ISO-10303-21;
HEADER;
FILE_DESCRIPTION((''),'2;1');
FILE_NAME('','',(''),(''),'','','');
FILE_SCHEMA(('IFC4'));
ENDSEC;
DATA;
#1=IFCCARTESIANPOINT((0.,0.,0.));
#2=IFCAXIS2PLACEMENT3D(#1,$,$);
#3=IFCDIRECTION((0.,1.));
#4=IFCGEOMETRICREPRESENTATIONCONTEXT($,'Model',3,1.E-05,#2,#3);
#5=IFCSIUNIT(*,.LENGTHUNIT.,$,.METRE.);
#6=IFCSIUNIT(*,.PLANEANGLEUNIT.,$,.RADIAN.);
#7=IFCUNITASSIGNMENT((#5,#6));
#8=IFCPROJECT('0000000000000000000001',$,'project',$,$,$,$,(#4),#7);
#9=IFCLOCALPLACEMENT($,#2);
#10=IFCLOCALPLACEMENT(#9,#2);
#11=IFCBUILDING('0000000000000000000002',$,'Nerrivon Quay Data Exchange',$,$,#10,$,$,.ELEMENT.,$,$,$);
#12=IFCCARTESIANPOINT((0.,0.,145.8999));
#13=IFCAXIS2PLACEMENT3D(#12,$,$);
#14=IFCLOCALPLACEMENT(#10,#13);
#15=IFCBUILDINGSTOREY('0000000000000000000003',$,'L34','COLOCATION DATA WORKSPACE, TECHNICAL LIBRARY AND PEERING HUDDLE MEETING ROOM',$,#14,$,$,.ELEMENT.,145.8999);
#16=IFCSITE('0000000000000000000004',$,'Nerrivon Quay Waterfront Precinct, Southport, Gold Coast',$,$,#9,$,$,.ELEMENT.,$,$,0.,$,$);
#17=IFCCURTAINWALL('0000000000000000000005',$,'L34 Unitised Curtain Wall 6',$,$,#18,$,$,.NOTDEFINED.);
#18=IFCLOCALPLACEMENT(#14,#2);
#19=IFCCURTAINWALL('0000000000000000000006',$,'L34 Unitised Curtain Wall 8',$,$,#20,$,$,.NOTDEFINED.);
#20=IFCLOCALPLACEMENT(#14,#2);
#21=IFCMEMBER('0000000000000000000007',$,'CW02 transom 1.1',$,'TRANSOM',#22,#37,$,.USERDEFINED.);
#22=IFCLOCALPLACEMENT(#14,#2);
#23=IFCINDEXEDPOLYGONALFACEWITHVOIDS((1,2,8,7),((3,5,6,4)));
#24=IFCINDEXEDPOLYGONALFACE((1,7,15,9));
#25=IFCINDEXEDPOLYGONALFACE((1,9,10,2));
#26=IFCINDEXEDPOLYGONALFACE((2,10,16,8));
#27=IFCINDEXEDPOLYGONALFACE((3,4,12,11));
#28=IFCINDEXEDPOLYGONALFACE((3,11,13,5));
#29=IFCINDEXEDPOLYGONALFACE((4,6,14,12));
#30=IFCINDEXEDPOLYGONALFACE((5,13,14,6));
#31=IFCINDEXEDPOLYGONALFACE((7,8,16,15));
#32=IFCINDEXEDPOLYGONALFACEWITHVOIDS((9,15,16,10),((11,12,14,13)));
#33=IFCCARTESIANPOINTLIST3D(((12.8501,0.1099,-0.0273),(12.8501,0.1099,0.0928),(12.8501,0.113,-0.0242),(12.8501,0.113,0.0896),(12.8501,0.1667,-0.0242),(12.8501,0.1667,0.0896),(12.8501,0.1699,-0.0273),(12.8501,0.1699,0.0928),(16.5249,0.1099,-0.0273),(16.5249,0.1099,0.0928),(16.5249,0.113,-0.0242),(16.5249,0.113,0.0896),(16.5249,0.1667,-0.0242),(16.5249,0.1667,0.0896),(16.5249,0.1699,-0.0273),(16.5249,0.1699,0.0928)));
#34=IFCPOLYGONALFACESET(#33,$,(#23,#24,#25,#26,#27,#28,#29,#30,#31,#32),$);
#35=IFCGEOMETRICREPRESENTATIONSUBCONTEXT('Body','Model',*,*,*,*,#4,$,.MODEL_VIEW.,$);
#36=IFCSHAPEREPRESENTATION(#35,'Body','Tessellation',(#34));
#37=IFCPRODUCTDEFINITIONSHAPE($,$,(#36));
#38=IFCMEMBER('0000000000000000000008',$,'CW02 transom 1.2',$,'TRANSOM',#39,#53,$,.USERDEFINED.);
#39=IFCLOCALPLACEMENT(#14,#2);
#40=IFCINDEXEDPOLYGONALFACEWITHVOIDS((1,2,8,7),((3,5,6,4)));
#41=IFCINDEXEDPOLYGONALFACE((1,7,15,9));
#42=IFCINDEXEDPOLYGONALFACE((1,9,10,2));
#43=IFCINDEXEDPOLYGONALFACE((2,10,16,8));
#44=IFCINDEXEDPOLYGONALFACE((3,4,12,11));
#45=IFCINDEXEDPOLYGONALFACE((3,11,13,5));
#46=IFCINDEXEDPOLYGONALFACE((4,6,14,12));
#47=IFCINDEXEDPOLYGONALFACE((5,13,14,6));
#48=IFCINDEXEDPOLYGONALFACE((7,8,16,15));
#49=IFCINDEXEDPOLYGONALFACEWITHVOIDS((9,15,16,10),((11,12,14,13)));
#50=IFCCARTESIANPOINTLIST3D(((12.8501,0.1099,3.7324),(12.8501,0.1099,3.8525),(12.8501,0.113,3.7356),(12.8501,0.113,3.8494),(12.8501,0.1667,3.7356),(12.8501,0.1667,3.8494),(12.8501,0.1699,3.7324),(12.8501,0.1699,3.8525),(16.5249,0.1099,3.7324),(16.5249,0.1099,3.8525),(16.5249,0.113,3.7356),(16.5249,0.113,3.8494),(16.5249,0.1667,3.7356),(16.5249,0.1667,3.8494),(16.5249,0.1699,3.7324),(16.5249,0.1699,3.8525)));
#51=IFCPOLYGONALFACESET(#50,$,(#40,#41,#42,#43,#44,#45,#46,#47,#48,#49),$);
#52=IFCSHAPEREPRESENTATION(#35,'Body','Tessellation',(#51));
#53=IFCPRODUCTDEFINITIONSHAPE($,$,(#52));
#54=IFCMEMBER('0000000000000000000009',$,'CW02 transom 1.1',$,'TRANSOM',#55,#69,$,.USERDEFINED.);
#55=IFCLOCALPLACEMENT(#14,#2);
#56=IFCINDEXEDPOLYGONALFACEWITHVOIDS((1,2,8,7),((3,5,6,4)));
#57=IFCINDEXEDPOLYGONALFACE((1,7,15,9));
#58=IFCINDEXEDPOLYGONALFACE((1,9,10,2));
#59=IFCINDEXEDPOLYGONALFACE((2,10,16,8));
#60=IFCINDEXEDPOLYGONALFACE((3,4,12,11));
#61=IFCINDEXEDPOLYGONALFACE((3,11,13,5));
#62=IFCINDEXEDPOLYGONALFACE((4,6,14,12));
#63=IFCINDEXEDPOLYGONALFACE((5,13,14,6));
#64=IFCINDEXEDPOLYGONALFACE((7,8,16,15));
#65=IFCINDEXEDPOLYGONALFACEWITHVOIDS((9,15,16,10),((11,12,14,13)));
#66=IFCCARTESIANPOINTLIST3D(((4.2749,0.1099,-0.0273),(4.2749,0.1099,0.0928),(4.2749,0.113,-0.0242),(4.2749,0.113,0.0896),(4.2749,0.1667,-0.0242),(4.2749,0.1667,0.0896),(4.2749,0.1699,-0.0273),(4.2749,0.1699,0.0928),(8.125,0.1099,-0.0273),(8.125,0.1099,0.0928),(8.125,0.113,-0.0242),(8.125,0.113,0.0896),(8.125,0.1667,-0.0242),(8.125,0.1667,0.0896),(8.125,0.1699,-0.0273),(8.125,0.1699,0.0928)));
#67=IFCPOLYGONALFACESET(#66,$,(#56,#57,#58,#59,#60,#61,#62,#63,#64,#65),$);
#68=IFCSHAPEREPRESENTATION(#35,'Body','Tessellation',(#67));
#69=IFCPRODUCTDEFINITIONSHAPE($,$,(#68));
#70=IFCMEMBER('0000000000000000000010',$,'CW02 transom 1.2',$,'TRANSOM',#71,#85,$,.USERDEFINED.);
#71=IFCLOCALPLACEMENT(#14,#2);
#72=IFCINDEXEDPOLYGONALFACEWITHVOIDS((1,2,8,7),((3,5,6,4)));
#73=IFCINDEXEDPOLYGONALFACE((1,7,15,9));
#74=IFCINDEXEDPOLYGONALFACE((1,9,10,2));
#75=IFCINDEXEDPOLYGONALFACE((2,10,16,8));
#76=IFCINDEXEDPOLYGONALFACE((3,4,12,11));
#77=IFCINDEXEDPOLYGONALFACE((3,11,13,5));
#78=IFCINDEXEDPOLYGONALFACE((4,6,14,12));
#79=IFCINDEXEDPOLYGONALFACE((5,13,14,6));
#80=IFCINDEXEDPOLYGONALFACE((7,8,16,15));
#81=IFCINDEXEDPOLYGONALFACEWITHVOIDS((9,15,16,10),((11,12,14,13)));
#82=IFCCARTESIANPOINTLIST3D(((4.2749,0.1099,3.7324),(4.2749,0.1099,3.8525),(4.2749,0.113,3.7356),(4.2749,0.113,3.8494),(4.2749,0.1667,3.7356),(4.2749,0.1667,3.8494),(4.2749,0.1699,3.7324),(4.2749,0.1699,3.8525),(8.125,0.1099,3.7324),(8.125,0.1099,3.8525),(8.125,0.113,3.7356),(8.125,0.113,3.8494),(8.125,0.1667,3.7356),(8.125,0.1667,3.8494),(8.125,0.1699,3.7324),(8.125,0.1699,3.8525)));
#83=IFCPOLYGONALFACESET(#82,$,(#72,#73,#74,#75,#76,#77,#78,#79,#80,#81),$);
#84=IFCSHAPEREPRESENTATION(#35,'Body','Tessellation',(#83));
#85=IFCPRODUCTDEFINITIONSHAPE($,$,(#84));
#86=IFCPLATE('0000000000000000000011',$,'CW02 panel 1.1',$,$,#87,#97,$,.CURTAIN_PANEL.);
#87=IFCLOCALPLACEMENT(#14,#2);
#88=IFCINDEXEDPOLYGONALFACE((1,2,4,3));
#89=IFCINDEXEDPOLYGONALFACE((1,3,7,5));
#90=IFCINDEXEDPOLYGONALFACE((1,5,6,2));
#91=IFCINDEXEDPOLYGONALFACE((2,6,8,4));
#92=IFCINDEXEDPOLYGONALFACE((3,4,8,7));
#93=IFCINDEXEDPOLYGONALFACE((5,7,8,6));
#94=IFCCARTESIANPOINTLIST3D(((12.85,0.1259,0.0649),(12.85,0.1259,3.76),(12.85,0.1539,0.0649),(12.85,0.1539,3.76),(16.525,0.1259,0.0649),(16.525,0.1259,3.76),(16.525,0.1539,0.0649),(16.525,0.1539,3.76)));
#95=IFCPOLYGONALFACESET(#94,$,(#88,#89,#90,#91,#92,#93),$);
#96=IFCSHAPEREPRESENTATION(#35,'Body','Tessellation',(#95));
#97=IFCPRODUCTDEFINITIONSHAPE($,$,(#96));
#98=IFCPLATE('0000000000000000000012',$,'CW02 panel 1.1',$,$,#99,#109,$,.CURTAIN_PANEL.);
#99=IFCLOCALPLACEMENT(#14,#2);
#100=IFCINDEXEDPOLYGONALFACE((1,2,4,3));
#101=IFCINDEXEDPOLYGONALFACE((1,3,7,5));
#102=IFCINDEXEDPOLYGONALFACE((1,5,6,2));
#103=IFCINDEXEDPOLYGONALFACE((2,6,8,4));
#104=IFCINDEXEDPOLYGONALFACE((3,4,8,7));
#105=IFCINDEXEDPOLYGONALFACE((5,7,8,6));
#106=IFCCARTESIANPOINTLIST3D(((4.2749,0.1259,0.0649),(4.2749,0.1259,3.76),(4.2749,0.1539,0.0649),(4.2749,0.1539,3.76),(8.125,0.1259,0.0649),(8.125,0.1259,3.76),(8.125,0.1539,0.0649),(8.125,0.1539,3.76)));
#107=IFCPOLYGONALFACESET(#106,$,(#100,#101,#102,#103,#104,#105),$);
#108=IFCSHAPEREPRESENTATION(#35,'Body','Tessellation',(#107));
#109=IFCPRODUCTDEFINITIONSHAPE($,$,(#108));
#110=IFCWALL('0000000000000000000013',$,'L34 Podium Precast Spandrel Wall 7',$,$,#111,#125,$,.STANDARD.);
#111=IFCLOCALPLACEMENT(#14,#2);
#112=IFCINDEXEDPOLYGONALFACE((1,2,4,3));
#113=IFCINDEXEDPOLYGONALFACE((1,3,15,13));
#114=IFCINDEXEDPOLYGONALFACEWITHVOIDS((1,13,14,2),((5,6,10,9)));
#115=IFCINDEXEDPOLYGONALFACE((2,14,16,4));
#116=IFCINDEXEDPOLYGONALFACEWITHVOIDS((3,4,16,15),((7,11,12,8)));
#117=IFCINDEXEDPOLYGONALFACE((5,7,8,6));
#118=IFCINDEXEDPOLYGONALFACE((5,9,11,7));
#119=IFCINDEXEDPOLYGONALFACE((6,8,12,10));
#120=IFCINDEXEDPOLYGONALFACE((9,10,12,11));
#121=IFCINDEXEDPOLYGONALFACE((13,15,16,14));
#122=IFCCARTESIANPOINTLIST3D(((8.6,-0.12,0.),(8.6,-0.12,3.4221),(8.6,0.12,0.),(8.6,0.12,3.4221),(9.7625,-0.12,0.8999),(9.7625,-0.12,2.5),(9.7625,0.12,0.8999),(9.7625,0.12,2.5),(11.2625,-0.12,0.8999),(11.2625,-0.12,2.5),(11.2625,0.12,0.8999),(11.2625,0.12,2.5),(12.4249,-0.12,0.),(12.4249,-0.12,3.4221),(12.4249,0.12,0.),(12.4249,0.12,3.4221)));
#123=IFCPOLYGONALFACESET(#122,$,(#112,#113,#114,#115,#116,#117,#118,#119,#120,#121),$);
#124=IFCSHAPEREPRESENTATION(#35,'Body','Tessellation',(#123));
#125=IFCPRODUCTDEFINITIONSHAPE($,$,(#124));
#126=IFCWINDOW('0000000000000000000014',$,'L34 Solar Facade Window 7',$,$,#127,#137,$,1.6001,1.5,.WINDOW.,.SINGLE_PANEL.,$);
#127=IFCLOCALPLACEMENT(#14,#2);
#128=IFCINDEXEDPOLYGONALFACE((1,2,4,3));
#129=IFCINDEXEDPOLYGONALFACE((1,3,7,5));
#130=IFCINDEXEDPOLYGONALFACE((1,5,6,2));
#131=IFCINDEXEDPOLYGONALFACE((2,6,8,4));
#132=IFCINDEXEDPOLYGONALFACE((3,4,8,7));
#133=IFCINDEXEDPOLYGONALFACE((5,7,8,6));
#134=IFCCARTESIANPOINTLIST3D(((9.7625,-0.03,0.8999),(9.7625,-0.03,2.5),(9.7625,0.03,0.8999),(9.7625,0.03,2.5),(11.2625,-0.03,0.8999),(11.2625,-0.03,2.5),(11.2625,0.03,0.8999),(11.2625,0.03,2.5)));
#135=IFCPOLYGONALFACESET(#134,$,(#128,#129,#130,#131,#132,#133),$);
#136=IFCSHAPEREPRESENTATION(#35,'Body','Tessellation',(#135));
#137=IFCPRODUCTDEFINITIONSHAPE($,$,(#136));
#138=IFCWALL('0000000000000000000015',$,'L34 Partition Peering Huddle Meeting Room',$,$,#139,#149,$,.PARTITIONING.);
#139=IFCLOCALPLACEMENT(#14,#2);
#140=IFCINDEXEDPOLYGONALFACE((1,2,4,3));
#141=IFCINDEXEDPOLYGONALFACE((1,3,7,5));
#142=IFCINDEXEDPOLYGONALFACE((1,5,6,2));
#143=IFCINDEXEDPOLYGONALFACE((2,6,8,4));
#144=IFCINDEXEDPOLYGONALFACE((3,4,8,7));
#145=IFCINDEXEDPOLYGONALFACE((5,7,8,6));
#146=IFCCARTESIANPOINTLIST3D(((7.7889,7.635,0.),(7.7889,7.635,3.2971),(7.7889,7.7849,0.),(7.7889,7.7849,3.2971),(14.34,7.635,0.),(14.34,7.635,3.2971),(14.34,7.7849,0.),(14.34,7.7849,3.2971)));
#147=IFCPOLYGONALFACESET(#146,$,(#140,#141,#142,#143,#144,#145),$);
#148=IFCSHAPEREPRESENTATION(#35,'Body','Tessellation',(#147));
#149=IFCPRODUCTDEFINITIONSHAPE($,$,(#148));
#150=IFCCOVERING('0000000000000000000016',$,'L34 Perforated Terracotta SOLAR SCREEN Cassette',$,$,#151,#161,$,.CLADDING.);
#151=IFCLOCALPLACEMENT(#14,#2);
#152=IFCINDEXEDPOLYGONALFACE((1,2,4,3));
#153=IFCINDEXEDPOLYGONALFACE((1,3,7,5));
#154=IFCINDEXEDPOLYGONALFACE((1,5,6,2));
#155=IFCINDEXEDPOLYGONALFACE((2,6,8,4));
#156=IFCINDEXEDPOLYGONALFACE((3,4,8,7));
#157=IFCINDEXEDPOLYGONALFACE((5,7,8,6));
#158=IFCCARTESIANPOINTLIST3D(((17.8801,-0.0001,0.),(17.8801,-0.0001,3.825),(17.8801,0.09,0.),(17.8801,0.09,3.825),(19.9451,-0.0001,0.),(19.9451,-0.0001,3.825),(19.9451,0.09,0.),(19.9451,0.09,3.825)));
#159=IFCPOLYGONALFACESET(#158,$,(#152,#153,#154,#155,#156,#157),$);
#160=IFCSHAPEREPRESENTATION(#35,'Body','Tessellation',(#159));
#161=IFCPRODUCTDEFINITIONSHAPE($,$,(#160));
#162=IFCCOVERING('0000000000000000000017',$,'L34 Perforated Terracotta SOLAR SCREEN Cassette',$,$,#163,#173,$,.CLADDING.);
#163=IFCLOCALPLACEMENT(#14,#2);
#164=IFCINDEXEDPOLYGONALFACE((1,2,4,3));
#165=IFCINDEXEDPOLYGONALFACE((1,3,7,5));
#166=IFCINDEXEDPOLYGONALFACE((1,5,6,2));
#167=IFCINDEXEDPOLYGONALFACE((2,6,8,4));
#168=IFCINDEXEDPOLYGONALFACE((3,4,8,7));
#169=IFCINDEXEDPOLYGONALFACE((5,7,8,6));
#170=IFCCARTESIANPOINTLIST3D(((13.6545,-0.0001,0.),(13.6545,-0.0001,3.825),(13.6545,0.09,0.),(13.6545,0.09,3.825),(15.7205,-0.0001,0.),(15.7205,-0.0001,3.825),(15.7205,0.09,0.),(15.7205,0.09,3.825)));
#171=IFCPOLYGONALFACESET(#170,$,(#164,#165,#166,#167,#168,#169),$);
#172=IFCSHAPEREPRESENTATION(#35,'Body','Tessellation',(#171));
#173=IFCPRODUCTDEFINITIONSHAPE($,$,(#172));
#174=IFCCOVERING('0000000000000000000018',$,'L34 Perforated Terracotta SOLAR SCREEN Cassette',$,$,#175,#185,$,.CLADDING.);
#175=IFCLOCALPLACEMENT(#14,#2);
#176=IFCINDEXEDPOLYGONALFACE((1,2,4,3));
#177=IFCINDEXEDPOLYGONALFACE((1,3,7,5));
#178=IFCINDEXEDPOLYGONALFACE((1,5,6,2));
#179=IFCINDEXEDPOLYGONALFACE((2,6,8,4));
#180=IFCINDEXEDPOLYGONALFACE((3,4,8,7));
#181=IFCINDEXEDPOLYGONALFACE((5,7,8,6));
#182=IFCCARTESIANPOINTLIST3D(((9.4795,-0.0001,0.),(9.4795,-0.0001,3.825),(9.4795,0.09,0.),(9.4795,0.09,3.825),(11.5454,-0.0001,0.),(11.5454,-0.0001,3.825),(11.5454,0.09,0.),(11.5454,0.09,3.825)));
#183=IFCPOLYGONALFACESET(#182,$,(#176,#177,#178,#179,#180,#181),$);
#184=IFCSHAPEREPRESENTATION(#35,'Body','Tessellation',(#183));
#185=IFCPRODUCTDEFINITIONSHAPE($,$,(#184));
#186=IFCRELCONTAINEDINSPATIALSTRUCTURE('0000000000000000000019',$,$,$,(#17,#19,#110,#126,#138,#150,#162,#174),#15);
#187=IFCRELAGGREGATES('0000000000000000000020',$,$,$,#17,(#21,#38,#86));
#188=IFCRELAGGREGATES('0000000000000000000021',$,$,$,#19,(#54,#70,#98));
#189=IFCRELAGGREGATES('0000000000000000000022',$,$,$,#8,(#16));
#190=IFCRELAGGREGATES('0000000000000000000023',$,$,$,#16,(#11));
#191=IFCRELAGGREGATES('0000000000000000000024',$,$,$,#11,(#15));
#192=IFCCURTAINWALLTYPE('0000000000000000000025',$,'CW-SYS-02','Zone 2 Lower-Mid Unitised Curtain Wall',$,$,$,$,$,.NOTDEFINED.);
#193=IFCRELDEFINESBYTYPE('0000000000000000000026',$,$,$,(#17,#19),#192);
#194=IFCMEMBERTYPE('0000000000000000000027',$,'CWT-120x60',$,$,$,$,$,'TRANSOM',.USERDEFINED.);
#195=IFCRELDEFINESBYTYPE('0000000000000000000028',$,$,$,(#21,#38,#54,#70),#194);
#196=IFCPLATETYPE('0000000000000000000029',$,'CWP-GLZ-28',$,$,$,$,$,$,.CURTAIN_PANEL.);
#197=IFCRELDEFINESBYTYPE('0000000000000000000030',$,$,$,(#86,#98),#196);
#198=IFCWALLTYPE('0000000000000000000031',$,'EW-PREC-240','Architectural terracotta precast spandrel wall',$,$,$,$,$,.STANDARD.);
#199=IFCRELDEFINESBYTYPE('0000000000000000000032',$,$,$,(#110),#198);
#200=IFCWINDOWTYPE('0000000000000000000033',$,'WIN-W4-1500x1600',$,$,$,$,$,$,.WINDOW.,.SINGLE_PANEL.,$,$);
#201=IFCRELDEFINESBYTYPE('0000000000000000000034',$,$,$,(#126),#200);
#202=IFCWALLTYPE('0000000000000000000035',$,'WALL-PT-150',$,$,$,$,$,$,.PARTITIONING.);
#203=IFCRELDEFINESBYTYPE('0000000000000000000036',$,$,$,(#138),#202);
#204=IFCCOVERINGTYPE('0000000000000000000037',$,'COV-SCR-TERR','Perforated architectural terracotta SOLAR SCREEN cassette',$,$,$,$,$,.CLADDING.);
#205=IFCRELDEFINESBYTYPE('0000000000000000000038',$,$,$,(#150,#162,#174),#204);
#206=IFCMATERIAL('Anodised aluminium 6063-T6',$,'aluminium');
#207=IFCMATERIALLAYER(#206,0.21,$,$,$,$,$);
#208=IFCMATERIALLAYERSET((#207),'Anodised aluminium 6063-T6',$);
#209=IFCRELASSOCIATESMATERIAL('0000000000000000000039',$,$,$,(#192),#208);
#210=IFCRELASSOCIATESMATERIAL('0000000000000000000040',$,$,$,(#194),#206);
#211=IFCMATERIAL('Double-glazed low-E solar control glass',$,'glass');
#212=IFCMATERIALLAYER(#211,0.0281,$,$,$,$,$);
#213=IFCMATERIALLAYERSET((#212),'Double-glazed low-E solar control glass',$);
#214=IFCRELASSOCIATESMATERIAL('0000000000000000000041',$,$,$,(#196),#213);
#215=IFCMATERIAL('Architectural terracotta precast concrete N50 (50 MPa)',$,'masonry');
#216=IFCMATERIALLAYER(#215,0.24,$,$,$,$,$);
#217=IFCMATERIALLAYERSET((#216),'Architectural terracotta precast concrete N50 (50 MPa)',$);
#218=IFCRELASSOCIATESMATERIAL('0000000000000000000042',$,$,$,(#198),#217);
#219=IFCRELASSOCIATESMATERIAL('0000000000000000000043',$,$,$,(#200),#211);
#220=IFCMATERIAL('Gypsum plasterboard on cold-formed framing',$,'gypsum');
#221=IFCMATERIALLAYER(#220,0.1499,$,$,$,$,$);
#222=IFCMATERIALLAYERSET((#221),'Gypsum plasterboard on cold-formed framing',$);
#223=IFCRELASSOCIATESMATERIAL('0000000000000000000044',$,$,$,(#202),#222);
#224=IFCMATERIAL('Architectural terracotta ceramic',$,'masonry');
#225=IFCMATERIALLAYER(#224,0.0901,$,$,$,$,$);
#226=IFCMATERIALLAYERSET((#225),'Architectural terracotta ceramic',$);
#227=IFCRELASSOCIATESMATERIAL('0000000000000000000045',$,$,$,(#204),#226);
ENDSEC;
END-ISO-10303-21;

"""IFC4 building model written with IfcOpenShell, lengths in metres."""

from ifc_helpers import new_model, si_unit, direction, frame, frame_2d, origin, origin_2d, place, context, subcontext, project, spatial, rectangle, hollow_rectangle, extrude, material, layer, layer_set, material_profile, profile_set, type_object, element, fill, aggregate, save


model = new_model("IFC4")

# Units and contexts
model_context = context("Model", 3, precision=1e-05, world=origin(), true_north=direction((0.0, 1.0)))
body_context = subcontext(model_context, "Body", "Model", "MODEL_VIEW")
ifc_project = project(units=[si_unit("LENGTHUNIT", "METRE"), si_unit("PLANEANGLEUNIT", "RADIAN")], contexts=[model_context])

# Site, building, storey
site_placement = place(None, origin())
site = spatial("IfcSite", under=ifc_project, at=site_placement, Name="Nerrivon Quay Waterfront Precinct, Southport, Gold Coast", CompositionType="ELEMENT", RefElevation=0.0)
building_placement = place(site_placement, origin())
building = spatial("IfcBuilding", under=site, at=building_placement, Name="Nerrivon Quay Data Exchange", CompositionType="ELEMENT")
storey_placement = place(building_placement, frame((0.0, 0.0, 145.8999)))
storey = spatial("IfcBuildingStorey", under=building, at=storey_placement, Name="L34", Description="COLOCATION DATA WORKSPACE, TECHNICAL LIBRARY AND PEERING HUDDLE MEETING ROOM", CompositionType="ELEMENT", Elevation=145.8999)

# Curtain wall
ifc_material_1 = material(Name="Anodised aluminium 6063-T6", Category="aluminium")
ifc_layer_1 = layer(ifc_material_1, 0.21)
ifc_layer_set_1 = layer_set([ifc_layer_1], Name="Anodised aluminium 6063-T6")
curtain_wall_type = type_object("IfcCurtainWallType", Name="CW-SYS-02", Description="Zone 2 Lower-Mid Unitised Curtain Wall", PredefinedType="NOTDEFINED", material=ifc_layer_set_1)
curtain_wall_1_placement = place(storey_placement, origin())
curtain_wall_1 = element("IfcCurtainWall", 1, at=curtain_wall_1_placement, inside=storey, type_object=curtain_wall_type, Name="L34 Unitised Curtain Wall 6", PredefinedType="NOTDEFINED")

# Curtain wall
curtain_wall_2_placement = place(storey_placement, origin())
curtain_wall_2 = element("IfcCurtainWall", 2, at=curtain_wall_2_placement, inside=storey, type_object=curtain_wall_type, Name="L34 Unitised Curtain Wall 8", PredefinedType="NOTDEFINED")

# Members
ifc_material_profile_1 = material_profile(ifc_material_1, hollow_rectangle(XDim=0.0601, YDim=0.1201, WallThickness=0.0032, at=origin_2d()), Name="ALU-TRAN-120x60")
ifc_profile_set_1 = profile_set([ifc_material_profile_1], Name="Anodised aluminium 6063-T6")
member_type_1 = type_object("IfcMemberType", Name="CWT-120x60", ElementType="TRANSOM", PredefinedType="USERDEFINED", material=ifc_profile_set_1)
member_1_placement = place(storey_placement, frame((16.5249, 0.1399, 0.0327), z_axis=(-1.0, 0.0, 0.0), x_axis=(0.0, -1.0, 0.0)))
member_1 = element("IfcMember", 3, at=member_1_placement, type_object=member_type_1, Name="CW02 transom 1.1", ObjectType="TRANSOM", PredefinedType="USERDEFINED", context=body_context, shape_type="SweptSolid", body=[
    extrude(hollow_rectangle(XDim=0.0601, YDim=0.1201, WallThickness=0.0032, at=origin_2d()), origin(), (0.0, 0.0, 1.0), 3.6748),
])
member_2_placement = place(storey_placement, frame((16.5249, 0.1399, 3.7925), z_axis=(-1.0, 0.0, 0.0), x_axis=(0.0, -1.0, 0.0)))
member_2 = element("IfcMember", 4, at=member_2_placement, type_object=member_type_1, Name="CW02 transom 1.2", ObjectType="TRANSOM", PredefinedType="USERDEFINED", context=body_context, shape_type="SweptSolid", body=[
    extrude(hollow_rectangle(XDim=0.0601, YDim=0.1201, WallThickness=0.0032, at=origin_2d()), origin(), (0.0, 0.0, 1.0), 3.6748),
])
member_3_placement = place(storey_placement, frame((8.125, 0.1399, 0.0327), z_axis=(-1.0, 0.0, 0.0), x_axis=(0.0, -1.0, 0.0)))
member_3 = element("IfcMember", 5, at=member_3_placement, type_object=member_type_1, Name="CW02 transom 1.1", ObjectType="TRANSOM", PredefinedType="USERDEFINED", context=body_context, shape_type="SweptSolid", body=[
    extrude(hollow_rectangle(XDim=0.0601, YDim=0.1201, WallThickness=0.0032, at=origin_2d()), origin(), (0.0, 0.0, 1.0), 3.8501),
])
member_4_placement = place(storey_placement, frame((8.125, 0.1399, 3.7925), z_axis=(-1.0, 0.0, 0.0), x_axis=(0.0, -1.0, 0.0)))
member_4 = element("IfcMember", 6, at=member_4_placement, type_object=member_type_1, Name="CW02 transom 1.2", ObjectType="TRANSOM", PredefinedType="USERDEFINED", context=body_context, shape_type="SweptSolid", body=[
    extrude(hollow_rectangle(XDim=0.0601, YDim=0.1201, WallThickness=0.0032, at=origin_2d()), origin(), (0.0, 0.0, 1.0), 3.8501),
])

# Plates
ifc_material_2 = material(Name="Double-glazed low-E solar control glass", Category="glass")
ifc_layer_2 = layer(ifc_material_2, 0.0281)
ifc_layer_set_2 = layer_set([ifc_layer_2], Name="Double-glazed low-E solar control glass")
plate_type = type_object("IfcPlateType", Name="CWP-GLZ-28", PredefinedType="CURTAIN_PANEL", material=ifc_layer_set_2)
plate_1_placement = place(storey_placement, frame((14.6875, 0.1399, 0.0649), z_axis=(0.0, 0.0, 1.0), x_axis=(-1.0, 0.0, 0.0)))
plate_1 = element("IfcPlate", 7, at=plate_1_placement, type_object=plate_type, Name="CW02 panel 1.1", PredefinedType="CURTAIN_PANEL", context=body_context, shape_type="SweptSolid", body=[
    extrude(rectangle(XDim=3.675, YDim=0.0281, at=origin_2d()), origin(), (0.0, 0.0, 1.0), 3.6951),
])
aggregate(curtain_wall_1, [member_1, member_2, plate_1])
plate_2_placement = place(storey_placement, frame((6.2, 0.1399, 0.0649), z_axis=(0.0, 0.0, 1.0), x_axis=(-1.0, 0.0, 0.0)))
plate_2 = element("IfcPlate", 8, at=plate_2_placement, type_object=plate_type, Name="CW02 panel 1.1", PredefinedType="CURTAIN_PANEL", context=body_context, shape_type="SweptSolid", body=[
    extrude(rectangle(XDim=3.8501, YDim=0.0281, at=origin_2d()), origin(), (0.0, 0.0, 1.0), 3.6951),
])
aggregate(curtain_wall_2, [member_3, member_4, plate_2])

# Wall, opening, window
ifc_material_3 = material(Name="Architectural terracotta precast concrete N50 (50 MPa)", Category="masonry")
ifc_layer_3 = layer(ifc_material_3, 0.24)
ifc_layer_set_3 = layer_set([ifc_layer_3], Name="Architectural terracotta precast concrete N50 (50 MPa)")
wall_type_1 = type_object("IfcWallType", Name="EW-PREC-240", Description="Architectural terracotta precast spandrel wall", PredefinedType="STANDARD", material=ifc_layer_set_3)
wall_1_placement = place(storey_placement, frame((12.425, 0.0, 0.0), z_axis=(0.0, 0.0, 1.0), x_axis=(-1.0, 0.0, 0.0)))
wall_1 = element("IfcWall", 9, at=wall_1_placement, inside=storey, type_object=wall_type_1, Name="L34 Podium Precast Spandrel Wall 7", PredefinedType="STANDARD", context=body_context, shape_type="SweptSolid", body=[
    extrude(rectangle(XDim=3.825, YDim=0.24, at=frame_2d((1.9126, 0.0))), origin(), (0.0, 0.0, 1.0), 3.4221),
])
opening_placement = place(wall_1_placement, frame((1.1626, 0.0, 0.8999)))
opening = element("IfcOpeningElement", 10, at=opening_placement, cuts=wall_1, PredefinedType="OPENING", context=body_context, shape_type="SweptSolid", body=[
    extrude(rectangle(XDim=1.5, YDim=1.6001, at=frame_2d((0.75, 0.8))), frame((0.0, 0.1299, 0.0), z_axis=(0.0, -1.0, 0.0), x_axis=(1.0, 0.0, 0.0)), (0.0, 0.0, 1.0), 0.26),
])
window_type = type_object("IfcWindowType", Name="WIN-W4-1500x1600", PartitioningType="SINGLE_PANEL", PredefinedType="WINDOW", material=ifc_material_2)
window_placement = place(opening_placement, origin())
window = element("IfcWindow", 11, at=window_placement, inside=storey, type_object=window_type, Name="L34 Solar Facade Window 7", OverallHeight=1.6001, OverallWidth=1.5, PartitioningType="SINGLE_PANEL", PredefinedType="WINDOW", context=body_context, shape_type="SweptSolid", body=[
    extrude(rectangle(XDim=1.5, YDim=1.6001, at=frame_2d((0.75, 0.8))), frame((0.0, 0.03, 0.0), z_axis=(0.0, -1.0, 0.0), x_axis=(1.0, 0.0, 0.0)), (0.0, 0.0, 1.0), 0.0601),
])
fill(opening, window)

# Wall
ifc_material_4 = material(Name="Gypsum plasterboard on cold-formed framing", Category="gypsum")
ifc_layer_4 = layer(ifc_material_4, 0.1499)
ifc_layer_set_4 = layer_set([ifc_layer_4], Name="Gypsum plasterboard on cold-formed framing")
wall_type_2 = type_object("IfcWallType", Name="WALL-PT-150", PredefinedType="PARTITIONING", material=ifc_layer_set_4)
wall_2_placement = place(storey_placement, frame((7.7891, 7.71, 0.0), z_axis=(0.0, 0.0, 1.0), x_axis=(1.0, 0.0, 0.0)))
element("IfcWall", 12, at=wall_2_placement, inside=storey, type_object=wall_type_2, Name="L34 Partition Peering Huddle Meeting Room", PredefinedType="PARTITIONING", context=body_context, shape_type="SweptSolid", body=[
    extrude(rectangle(XDim=6.551, YDim=0.1499, at=frame_2d((3.2754, 0.0))), origin(), (0.0, 0.0, 1.0), 3.2971),
])

# Coverings
ifc_material_5 = material(Name="Architectural terracotta ceramic", Category="masonry")
ifc_layer_5 = layer(ifc_material_5, 0.0901)
ifc_layer_set_5 = layer_set([ifc_layer_5], Name="Architectural terracotta ceramic")
covering_type = type_object("IfcCoveringType", Name="COV-SCR-TERR", Description="Perforated architectural terracotta SOLAR SCREEN cassette", PredefinedType="CLADDING", material=ifc_layer_set_5)
covering_1_placement = place(storey_placement, frame((18.9126, 0.0449, 0.0), z_axis=(0.0, 0.0, 1.0), x_axis=(-1.0, 0.0, 0.0)))
element("IfcCovering", 13, at=covering_1_placement, inside=storey, type_object=covering_type, Name="L34 Perforated Terracotta SOLAR SCREEN Cassette", PredefinedType="CLADDING", context=body_context, shape_type="SweptSolid", body=[
    extrude(rectangle(XDim=2.0649, YDim=0.0901, at=origin_2d()), origin(), (0.0, 0.0, 1.0), 3.825),
])
for number, where, z_axis, x_axis, name in (
    (14, (14.6875, 0.0449, 0.0), (0.0, 0.0, 1.0), (-1.0, 0.0, 0.0), "L34 Perforated Terracotta SOLAR SCREEN Cassette"),
    (15, (10.5125, 0.0449, 0.0), (0.0, 0.0, 1.0), (-1.0, 0.0, 0.0), "L34 Perforated Terracotta SOLAR SCREEN Cassette"),
):
    element("IfcCovering", number, at=place(storey_placement, frame(where, z_axis=z_axis, x_axis=x_axis)), inside=storey, type_object=covering_type, Name=name, PredefinedType="CLADDING", context=body_context, shape_type="SweptSolid", body=[
        extrude(rectangle(XDim=2.0659, YDim=0.0901, at=origin_2d()), origin(), (0.0, 0.0, 1.0), 3.825),
    ])

save(model, "model.ifc")
